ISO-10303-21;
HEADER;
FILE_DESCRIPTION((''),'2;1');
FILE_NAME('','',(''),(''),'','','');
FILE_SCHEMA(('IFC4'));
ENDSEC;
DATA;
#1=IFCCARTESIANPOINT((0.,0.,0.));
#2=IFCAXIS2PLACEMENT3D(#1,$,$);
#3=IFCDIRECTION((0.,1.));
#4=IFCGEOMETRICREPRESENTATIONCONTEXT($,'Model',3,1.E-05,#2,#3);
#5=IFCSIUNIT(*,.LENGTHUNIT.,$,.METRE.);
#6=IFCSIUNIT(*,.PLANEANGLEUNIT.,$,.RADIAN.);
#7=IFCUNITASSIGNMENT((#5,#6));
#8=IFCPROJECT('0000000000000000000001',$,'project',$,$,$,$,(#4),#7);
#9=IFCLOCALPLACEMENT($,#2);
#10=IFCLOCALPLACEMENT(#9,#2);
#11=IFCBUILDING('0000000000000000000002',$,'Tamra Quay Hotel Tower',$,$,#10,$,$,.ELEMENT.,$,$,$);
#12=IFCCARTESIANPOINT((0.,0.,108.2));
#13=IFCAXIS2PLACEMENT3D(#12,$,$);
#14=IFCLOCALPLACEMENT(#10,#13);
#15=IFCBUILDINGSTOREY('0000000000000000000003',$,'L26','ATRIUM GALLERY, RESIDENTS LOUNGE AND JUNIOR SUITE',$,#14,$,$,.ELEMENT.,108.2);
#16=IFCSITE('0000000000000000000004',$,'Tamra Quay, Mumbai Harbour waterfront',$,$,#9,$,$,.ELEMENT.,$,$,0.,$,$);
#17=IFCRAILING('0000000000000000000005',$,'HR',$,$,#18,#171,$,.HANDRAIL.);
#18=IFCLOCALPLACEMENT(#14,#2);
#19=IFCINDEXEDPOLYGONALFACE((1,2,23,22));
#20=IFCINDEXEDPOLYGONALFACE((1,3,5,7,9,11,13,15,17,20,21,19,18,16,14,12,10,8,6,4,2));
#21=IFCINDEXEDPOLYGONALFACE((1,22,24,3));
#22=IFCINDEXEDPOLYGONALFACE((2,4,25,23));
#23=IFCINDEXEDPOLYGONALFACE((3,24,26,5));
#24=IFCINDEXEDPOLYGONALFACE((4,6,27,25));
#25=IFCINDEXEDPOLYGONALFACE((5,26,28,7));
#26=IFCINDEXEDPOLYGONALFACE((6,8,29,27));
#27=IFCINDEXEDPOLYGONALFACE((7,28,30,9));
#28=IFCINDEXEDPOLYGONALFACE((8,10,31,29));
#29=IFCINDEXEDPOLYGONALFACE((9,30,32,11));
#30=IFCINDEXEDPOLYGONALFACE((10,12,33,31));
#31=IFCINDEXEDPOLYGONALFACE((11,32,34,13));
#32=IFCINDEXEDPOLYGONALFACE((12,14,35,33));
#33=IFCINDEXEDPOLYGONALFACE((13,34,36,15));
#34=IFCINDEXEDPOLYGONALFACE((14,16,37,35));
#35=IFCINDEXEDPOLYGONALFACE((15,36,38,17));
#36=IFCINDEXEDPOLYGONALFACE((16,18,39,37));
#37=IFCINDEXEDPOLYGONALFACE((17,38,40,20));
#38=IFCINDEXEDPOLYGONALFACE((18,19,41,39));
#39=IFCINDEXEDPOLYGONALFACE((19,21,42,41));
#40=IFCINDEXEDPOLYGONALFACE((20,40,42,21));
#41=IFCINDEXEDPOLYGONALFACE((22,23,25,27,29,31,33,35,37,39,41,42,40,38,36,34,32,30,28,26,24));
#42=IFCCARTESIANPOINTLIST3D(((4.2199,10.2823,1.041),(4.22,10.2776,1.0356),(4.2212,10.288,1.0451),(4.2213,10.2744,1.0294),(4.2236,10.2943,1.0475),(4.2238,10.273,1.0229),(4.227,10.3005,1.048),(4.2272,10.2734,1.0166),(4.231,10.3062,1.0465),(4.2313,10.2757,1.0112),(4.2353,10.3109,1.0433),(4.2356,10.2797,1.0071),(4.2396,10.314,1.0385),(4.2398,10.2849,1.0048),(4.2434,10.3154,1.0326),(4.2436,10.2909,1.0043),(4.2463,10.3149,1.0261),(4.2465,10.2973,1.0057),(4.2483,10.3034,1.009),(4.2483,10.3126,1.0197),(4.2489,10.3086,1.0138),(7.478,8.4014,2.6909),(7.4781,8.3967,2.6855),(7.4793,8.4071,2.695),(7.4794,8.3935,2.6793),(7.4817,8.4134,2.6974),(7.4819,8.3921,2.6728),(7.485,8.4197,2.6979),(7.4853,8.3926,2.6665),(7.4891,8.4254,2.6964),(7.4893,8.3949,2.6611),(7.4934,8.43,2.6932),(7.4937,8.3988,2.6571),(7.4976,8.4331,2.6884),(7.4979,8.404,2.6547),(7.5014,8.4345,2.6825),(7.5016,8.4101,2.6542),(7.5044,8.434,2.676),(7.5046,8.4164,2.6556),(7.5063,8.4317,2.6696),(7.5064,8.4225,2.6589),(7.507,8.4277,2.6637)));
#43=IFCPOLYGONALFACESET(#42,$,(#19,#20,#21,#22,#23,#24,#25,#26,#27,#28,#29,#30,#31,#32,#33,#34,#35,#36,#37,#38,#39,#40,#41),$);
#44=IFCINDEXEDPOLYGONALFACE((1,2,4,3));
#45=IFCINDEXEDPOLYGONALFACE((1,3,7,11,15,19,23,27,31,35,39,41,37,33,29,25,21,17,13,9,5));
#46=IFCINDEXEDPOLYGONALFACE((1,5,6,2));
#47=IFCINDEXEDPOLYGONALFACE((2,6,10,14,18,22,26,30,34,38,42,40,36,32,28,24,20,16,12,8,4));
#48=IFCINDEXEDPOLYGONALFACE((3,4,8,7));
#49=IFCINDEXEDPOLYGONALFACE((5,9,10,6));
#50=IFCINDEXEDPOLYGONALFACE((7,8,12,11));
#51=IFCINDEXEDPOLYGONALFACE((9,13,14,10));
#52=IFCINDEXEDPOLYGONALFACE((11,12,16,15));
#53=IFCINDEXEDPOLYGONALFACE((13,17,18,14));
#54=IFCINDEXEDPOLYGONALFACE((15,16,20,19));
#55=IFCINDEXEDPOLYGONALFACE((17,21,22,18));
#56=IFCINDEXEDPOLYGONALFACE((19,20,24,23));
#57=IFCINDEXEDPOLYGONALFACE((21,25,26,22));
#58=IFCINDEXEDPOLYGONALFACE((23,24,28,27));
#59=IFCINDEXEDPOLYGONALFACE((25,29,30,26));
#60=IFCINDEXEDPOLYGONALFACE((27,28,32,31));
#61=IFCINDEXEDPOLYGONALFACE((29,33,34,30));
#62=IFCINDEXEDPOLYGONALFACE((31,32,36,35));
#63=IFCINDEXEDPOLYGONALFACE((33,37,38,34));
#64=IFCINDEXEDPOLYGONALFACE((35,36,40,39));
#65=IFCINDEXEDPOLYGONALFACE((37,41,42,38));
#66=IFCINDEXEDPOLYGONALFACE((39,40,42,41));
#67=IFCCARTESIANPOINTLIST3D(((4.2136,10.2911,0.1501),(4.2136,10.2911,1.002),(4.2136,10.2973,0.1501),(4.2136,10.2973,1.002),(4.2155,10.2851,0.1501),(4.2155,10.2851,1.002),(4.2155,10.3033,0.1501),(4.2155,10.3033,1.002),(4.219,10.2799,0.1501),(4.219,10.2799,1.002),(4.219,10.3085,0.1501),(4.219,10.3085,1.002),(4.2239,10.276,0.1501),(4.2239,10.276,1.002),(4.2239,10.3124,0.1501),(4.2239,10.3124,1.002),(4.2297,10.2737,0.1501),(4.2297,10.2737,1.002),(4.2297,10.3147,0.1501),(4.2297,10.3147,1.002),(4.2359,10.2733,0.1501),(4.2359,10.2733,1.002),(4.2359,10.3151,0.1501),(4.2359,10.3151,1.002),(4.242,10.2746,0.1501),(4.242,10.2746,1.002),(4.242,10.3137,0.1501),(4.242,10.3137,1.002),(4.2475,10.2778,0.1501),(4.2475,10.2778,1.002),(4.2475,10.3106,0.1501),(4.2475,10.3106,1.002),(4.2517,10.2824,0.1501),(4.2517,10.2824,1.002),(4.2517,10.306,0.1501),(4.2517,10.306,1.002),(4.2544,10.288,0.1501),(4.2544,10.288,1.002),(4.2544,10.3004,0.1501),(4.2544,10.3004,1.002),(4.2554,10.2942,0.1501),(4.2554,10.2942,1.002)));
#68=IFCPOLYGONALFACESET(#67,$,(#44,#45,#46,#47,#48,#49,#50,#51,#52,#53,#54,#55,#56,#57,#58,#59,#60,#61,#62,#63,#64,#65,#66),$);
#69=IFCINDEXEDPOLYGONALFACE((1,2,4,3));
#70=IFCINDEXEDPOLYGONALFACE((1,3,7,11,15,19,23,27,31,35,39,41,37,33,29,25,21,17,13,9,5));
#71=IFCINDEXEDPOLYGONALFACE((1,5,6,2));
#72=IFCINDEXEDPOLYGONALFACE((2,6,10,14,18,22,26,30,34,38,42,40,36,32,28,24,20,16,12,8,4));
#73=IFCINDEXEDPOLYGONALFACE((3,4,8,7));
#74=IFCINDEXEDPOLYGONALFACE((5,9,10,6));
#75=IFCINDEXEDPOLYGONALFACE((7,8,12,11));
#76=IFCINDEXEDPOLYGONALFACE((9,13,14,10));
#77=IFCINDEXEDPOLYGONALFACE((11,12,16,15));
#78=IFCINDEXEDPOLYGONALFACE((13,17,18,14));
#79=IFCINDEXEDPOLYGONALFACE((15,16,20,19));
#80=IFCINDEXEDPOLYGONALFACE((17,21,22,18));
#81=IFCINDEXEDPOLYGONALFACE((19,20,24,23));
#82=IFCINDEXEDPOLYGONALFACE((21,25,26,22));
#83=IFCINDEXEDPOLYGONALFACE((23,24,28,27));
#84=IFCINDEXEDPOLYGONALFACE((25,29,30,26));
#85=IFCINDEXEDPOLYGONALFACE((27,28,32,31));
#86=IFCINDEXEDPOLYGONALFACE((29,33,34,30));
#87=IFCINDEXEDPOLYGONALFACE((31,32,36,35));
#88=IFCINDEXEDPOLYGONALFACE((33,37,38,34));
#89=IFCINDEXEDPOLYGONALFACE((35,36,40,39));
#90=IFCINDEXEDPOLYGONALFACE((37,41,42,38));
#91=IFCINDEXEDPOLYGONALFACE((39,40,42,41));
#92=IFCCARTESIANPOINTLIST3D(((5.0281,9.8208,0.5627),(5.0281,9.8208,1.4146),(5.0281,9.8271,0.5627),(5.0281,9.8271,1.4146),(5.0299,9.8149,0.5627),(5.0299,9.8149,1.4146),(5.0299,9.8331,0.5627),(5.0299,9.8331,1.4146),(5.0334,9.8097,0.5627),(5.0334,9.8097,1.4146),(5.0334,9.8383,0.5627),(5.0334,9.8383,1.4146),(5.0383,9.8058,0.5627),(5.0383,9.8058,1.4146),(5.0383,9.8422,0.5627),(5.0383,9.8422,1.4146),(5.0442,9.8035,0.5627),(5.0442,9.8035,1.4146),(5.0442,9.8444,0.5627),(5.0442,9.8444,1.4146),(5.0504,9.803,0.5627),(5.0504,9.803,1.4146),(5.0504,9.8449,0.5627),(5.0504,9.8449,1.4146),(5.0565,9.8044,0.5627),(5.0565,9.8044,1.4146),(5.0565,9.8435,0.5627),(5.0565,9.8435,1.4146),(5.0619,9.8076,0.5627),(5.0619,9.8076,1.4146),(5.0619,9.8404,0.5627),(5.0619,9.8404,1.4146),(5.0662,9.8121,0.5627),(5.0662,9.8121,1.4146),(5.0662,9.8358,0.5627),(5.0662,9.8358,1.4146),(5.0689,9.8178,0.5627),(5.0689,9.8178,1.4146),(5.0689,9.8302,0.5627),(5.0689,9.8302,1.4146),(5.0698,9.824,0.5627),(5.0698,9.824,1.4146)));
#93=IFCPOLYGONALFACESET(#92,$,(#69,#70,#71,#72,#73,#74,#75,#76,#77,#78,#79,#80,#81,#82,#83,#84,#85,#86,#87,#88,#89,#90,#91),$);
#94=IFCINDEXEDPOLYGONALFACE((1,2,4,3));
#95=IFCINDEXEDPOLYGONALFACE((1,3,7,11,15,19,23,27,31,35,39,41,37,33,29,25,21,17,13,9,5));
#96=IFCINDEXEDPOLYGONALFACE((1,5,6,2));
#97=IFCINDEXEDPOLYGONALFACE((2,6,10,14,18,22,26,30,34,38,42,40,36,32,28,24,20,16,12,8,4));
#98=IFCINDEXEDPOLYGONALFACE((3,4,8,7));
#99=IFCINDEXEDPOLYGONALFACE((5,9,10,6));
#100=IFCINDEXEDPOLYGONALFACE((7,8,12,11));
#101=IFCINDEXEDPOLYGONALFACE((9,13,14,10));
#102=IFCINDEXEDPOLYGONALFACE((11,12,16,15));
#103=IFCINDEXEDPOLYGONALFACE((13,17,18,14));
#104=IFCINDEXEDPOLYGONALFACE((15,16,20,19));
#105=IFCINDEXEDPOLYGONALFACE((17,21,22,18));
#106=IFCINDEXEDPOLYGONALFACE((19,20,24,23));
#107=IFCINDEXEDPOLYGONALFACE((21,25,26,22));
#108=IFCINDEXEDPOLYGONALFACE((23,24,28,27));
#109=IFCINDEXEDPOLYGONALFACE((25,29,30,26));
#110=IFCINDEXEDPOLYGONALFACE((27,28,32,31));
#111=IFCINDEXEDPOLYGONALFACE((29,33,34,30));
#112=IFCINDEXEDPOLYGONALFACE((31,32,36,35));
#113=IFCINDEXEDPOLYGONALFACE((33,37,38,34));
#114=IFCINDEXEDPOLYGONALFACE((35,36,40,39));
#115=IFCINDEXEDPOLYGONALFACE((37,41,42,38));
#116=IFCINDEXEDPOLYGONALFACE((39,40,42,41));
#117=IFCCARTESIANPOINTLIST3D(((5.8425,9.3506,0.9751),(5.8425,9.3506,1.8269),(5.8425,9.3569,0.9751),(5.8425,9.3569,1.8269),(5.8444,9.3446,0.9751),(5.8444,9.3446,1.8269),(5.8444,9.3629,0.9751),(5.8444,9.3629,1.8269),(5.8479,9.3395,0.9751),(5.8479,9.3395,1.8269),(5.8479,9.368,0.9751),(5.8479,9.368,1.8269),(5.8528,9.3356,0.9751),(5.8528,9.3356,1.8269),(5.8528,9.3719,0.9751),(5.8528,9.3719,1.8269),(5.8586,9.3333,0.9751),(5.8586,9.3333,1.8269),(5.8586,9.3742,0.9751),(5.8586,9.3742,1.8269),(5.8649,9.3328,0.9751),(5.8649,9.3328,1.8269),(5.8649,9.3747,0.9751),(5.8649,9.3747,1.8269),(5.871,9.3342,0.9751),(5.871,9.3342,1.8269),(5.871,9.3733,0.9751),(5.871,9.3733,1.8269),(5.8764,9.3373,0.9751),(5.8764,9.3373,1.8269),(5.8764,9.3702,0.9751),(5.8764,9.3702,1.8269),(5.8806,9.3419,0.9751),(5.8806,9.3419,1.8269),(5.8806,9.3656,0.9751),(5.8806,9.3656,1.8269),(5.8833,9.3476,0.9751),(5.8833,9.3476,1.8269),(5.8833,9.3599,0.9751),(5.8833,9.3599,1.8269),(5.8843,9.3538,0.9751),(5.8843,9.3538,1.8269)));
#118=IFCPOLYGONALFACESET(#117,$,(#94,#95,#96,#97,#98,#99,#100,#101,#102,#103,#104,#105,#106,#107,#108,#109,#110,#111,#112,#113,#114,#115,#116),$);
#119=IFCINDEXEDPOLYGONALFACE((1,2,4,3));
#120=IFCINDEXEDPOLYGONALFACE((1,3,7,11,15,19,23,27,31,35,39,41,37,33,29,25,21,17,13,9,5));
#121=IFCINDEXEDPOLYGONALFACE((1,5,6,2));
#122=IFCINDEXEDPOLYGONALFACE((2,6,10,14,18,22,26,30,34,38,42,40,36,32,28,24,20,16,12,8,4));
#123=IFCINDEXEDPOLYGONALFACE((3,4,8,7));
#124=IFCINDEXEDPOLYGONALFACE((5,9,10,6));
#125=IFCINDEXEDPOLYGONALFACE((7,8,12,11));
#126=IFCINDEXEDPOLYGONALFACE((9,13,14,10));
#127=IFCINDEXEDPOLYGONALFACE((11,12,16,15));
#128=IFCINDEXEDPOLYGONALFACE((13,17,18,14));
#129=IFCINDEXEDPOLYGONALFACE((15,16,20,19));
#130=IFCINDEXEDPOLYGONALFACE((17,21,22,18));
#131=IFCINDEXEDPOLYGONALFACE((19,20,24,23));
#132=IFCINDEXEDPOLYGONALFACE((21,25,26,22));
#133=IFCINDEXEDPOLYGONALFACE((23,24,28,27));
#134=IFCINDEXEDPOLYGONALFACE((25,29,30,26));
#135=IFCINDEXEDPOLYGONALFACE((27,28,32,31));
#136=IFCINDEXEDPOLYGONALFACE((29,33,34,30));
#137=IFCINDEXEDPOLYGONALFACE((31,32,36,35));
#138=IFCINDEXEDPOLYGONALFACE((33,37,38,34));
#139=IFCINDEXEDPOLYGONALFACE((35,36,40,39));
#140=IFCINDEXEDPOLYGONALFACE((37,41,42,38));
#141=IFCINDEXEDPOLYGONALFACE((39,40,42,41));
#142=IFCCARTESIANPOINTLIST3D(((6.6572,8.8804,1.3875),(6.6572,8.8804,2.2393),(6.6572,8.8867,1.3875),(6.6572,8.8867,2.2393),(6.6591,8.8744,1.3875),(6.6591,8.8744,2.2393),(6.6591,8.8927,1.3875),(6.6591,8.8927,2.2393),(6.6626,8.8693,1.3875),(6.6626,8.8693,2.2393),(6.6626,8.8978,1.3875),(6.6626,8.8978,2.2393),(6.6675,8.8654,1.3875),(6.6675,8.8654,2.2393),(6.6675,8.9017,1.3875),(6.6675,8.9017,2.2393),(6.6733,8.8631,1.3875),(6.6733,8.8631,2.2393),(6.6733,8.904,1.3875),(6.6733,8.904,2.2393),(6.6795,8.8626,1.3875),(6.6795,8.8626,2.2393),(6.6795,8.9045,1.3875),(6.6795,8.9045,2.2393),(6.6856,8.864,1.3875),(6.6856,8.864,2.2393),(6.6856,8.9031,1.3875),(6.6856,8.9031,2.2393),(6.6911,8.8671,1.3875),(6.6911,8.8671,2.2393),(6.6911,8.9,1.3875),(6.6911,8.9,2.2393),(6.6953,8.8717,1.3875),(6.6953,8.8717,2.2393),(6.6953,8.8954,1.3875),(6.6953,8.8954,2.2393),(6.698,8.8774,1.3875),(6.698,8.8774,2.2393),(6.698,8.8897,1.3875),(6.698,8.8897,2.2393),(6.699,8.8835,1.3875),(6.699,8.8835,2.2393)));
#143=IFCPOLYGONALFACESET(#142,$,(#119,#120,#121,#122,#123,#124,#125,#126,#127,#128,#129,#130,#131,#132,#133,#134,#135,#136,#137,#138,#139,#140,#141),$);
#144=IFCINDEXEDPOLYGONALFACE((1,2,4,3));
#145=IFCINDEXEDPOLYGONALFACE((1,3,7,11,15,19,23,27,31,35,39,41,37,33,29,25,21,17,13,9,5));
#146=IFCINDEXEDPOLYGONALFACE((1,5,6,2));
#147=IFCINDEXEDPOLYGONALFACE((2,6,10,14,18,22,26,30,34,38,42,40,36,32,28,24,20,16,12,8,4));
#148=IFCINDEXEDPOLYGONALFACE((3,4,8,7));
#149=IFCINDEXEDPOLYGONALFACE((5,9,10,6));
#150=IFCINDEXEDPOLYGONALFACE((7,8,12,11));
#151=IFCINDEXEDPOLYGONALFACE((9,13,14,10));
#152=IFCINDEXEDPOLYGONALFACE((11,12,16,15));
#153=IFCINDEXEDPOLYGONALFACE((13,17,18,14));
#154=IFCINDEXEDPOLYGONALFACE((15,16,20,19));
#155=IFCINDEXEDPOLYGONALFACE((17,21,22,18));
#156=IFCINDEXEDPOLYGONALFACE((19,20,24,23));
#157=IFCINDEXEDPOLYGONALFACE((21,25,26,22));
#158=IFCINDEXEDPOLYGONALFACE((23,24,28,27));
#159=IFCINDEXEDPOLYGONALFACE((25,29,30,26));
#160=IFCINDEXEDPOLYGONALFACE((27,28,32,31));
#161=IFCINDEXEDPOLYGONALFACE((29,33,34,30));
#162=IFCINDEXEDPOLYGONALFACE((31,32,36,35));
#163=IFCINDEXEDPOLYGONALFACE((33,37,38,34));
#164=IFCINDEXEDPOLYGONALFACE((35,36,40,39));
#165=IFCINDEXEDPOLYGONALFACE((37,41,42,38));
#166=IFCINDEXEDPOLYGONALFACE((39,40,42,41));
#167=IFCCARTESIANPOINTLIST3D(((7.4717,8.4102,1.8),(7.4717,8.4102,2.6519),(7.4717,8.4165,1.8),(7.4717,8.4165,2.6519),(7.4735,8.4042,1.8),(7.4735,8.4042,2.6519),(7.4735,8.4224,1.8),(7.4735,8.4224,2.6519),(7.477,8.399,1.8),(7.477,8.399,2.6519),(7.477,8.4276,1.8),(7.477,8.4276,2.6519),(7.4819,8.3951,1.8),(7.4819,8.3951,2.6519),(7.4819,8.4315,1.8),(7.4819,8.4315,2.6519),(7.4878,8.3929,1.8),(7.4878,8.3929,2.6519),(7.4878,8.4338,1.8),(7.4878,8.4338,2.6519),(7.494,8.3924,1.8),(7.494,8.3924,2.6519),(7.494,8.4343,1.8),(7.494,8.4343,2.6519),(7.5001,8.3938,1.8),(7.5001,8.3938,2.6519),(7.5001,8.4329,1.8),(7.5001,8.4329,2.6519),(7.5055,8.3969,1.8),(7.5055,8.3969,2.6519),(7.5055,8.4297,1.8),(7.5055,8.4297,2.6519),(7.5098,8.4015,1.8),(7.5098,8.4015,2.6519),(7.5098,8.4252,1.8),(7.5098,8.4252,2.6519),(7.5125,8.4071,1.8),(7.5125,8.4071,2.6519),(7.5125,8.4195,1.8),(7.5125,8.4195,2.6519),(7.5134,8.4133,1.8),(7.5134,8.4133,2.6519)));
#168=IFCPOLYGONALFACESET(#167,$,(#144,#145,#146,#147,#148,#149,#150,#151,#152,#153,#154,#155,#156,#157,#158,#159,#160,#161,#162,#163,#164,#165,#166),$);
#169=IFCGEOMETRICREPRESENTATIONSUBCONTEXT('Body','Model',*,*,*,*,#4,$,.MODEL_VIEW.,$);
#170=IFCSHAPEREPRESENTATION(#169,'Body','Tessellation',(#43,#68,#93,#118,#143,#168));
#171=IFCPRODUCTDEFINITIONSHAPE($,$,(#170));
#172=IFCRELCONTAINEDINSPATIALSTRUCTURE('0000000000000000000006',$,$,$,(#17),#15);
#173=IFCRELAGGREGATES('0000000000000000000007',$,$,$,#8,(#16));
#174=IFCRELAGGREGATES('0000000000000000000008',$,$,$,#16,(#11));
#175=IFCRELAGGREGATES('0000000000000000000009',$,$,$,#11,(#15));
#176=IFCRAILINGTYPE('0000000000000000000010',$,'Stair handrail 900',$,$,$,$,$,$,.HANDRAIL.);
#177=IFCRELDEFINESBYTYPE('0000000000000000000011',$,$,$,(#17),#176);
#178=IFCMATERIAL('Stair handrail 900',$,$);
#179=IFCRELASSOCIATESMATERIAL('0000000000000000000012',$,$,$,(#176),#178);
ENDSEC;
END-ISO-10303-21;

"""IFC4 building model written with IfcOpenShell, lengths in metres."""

from ifc_helpers import new_model, si_unit, direction, frame, origin, origin_2d, place, context, subcontext, project, spatial, circle, extrude, material, type_object, element, save


model = new_model("IFC4")

# Units and contexts
model_context = context("Model", 3, precision=1e-05, world=origin(), true_north=direction((0.0, 1.0)))
body_context = subcontext(model_context, "Body", "Model", "MODEL_VIEW")
ifc_project = project(units=[si_unit("LENGTHUNIT", "METRE"), si_unit("PLANEANGLEUNIT", "RADIAN")], contexts=[model_context])

# Site, building, storey
site_placement = place(None, origin())
site = spatial("IfcSite", under=ifc_project, at=site_placement, Name="Tamra Quay, Mumbai Harbour waterfront", CompositionType="ELEMENT", RefElevation=0.0)
building_placement = place(site_placement, origin())
building = spatial("IfcBuilding", under=site, at=building_placement, Name="Tamra Quay Hotel Tower", CompositionType="ELEMENT")
storey_placement = place(building_placement, frame((0.0, 0.0, 108.2)))
storey = spatial("IfcBuildingStorey", under=building, at=storey_placement, Name="L26", Description="ATRIUM GALLERY, RESIDENTS LOUNGE AND JUNIOR SUITE", CompositionType="ELEMENT", Elevation=108.2)

# Railing
ifc_material_1 = material(Name="Stair handrail 900")
railing_type_1 = type_object("IfcRailingType", Name="Stair handrail 900", PredefinedType="HANDRAIL", material=ifc_material_1)
railing_1_placement = place(storey_placement, frame((4.2344, 10.2942, 0.1501)))
element("IfcRailing", 1, at=railing_1_placement, inside=storey, type_object=railing_type_1, Name="HR", PredefinedType="HANDRAIL", context=body_context, shape_type="SweptSolid", body=[
    extrude(circle(Radius=0.0239, at=origin_2d()), frame((0.0, 0.0, 0.876), z_axis=(0.793122, -0.457865, 0.401642), x_axis=(0.499964, 0.866046, 0.0)), (0.0, 0.0, 1.0), 4.1079),
    extrude(circle(Radius=0.021, at=origin_2d()), origin(), (0.0, 0.0, 1.0), 0.8518),
    extrude(circle(Radius=0.021, at=origin_2d()), frame((0.8145, -0.4702, 0.4126)), (0.0, 0.0, 1.0), 0.8518),
    extrude(circle(Radius=0.021, at=origin_2d()), frame((1.6289, -0.9404, 0.825)), (0.0, 0.0, 1.0), 0.8518),
    extrude(circle(Radius=0.021, at=origin_2d()), frame((2.4436, -1.4106, 1.2373)), (0.0, 0.0, 1.0), 0.8518),
    extrude(circle(Radius=0.021, at=origin_2d()), frame((3.2581, -1.8809, 1.6499)), (0.0, 0.0, 1.0), 0.8518),
])

save(model, "model.ifc")
